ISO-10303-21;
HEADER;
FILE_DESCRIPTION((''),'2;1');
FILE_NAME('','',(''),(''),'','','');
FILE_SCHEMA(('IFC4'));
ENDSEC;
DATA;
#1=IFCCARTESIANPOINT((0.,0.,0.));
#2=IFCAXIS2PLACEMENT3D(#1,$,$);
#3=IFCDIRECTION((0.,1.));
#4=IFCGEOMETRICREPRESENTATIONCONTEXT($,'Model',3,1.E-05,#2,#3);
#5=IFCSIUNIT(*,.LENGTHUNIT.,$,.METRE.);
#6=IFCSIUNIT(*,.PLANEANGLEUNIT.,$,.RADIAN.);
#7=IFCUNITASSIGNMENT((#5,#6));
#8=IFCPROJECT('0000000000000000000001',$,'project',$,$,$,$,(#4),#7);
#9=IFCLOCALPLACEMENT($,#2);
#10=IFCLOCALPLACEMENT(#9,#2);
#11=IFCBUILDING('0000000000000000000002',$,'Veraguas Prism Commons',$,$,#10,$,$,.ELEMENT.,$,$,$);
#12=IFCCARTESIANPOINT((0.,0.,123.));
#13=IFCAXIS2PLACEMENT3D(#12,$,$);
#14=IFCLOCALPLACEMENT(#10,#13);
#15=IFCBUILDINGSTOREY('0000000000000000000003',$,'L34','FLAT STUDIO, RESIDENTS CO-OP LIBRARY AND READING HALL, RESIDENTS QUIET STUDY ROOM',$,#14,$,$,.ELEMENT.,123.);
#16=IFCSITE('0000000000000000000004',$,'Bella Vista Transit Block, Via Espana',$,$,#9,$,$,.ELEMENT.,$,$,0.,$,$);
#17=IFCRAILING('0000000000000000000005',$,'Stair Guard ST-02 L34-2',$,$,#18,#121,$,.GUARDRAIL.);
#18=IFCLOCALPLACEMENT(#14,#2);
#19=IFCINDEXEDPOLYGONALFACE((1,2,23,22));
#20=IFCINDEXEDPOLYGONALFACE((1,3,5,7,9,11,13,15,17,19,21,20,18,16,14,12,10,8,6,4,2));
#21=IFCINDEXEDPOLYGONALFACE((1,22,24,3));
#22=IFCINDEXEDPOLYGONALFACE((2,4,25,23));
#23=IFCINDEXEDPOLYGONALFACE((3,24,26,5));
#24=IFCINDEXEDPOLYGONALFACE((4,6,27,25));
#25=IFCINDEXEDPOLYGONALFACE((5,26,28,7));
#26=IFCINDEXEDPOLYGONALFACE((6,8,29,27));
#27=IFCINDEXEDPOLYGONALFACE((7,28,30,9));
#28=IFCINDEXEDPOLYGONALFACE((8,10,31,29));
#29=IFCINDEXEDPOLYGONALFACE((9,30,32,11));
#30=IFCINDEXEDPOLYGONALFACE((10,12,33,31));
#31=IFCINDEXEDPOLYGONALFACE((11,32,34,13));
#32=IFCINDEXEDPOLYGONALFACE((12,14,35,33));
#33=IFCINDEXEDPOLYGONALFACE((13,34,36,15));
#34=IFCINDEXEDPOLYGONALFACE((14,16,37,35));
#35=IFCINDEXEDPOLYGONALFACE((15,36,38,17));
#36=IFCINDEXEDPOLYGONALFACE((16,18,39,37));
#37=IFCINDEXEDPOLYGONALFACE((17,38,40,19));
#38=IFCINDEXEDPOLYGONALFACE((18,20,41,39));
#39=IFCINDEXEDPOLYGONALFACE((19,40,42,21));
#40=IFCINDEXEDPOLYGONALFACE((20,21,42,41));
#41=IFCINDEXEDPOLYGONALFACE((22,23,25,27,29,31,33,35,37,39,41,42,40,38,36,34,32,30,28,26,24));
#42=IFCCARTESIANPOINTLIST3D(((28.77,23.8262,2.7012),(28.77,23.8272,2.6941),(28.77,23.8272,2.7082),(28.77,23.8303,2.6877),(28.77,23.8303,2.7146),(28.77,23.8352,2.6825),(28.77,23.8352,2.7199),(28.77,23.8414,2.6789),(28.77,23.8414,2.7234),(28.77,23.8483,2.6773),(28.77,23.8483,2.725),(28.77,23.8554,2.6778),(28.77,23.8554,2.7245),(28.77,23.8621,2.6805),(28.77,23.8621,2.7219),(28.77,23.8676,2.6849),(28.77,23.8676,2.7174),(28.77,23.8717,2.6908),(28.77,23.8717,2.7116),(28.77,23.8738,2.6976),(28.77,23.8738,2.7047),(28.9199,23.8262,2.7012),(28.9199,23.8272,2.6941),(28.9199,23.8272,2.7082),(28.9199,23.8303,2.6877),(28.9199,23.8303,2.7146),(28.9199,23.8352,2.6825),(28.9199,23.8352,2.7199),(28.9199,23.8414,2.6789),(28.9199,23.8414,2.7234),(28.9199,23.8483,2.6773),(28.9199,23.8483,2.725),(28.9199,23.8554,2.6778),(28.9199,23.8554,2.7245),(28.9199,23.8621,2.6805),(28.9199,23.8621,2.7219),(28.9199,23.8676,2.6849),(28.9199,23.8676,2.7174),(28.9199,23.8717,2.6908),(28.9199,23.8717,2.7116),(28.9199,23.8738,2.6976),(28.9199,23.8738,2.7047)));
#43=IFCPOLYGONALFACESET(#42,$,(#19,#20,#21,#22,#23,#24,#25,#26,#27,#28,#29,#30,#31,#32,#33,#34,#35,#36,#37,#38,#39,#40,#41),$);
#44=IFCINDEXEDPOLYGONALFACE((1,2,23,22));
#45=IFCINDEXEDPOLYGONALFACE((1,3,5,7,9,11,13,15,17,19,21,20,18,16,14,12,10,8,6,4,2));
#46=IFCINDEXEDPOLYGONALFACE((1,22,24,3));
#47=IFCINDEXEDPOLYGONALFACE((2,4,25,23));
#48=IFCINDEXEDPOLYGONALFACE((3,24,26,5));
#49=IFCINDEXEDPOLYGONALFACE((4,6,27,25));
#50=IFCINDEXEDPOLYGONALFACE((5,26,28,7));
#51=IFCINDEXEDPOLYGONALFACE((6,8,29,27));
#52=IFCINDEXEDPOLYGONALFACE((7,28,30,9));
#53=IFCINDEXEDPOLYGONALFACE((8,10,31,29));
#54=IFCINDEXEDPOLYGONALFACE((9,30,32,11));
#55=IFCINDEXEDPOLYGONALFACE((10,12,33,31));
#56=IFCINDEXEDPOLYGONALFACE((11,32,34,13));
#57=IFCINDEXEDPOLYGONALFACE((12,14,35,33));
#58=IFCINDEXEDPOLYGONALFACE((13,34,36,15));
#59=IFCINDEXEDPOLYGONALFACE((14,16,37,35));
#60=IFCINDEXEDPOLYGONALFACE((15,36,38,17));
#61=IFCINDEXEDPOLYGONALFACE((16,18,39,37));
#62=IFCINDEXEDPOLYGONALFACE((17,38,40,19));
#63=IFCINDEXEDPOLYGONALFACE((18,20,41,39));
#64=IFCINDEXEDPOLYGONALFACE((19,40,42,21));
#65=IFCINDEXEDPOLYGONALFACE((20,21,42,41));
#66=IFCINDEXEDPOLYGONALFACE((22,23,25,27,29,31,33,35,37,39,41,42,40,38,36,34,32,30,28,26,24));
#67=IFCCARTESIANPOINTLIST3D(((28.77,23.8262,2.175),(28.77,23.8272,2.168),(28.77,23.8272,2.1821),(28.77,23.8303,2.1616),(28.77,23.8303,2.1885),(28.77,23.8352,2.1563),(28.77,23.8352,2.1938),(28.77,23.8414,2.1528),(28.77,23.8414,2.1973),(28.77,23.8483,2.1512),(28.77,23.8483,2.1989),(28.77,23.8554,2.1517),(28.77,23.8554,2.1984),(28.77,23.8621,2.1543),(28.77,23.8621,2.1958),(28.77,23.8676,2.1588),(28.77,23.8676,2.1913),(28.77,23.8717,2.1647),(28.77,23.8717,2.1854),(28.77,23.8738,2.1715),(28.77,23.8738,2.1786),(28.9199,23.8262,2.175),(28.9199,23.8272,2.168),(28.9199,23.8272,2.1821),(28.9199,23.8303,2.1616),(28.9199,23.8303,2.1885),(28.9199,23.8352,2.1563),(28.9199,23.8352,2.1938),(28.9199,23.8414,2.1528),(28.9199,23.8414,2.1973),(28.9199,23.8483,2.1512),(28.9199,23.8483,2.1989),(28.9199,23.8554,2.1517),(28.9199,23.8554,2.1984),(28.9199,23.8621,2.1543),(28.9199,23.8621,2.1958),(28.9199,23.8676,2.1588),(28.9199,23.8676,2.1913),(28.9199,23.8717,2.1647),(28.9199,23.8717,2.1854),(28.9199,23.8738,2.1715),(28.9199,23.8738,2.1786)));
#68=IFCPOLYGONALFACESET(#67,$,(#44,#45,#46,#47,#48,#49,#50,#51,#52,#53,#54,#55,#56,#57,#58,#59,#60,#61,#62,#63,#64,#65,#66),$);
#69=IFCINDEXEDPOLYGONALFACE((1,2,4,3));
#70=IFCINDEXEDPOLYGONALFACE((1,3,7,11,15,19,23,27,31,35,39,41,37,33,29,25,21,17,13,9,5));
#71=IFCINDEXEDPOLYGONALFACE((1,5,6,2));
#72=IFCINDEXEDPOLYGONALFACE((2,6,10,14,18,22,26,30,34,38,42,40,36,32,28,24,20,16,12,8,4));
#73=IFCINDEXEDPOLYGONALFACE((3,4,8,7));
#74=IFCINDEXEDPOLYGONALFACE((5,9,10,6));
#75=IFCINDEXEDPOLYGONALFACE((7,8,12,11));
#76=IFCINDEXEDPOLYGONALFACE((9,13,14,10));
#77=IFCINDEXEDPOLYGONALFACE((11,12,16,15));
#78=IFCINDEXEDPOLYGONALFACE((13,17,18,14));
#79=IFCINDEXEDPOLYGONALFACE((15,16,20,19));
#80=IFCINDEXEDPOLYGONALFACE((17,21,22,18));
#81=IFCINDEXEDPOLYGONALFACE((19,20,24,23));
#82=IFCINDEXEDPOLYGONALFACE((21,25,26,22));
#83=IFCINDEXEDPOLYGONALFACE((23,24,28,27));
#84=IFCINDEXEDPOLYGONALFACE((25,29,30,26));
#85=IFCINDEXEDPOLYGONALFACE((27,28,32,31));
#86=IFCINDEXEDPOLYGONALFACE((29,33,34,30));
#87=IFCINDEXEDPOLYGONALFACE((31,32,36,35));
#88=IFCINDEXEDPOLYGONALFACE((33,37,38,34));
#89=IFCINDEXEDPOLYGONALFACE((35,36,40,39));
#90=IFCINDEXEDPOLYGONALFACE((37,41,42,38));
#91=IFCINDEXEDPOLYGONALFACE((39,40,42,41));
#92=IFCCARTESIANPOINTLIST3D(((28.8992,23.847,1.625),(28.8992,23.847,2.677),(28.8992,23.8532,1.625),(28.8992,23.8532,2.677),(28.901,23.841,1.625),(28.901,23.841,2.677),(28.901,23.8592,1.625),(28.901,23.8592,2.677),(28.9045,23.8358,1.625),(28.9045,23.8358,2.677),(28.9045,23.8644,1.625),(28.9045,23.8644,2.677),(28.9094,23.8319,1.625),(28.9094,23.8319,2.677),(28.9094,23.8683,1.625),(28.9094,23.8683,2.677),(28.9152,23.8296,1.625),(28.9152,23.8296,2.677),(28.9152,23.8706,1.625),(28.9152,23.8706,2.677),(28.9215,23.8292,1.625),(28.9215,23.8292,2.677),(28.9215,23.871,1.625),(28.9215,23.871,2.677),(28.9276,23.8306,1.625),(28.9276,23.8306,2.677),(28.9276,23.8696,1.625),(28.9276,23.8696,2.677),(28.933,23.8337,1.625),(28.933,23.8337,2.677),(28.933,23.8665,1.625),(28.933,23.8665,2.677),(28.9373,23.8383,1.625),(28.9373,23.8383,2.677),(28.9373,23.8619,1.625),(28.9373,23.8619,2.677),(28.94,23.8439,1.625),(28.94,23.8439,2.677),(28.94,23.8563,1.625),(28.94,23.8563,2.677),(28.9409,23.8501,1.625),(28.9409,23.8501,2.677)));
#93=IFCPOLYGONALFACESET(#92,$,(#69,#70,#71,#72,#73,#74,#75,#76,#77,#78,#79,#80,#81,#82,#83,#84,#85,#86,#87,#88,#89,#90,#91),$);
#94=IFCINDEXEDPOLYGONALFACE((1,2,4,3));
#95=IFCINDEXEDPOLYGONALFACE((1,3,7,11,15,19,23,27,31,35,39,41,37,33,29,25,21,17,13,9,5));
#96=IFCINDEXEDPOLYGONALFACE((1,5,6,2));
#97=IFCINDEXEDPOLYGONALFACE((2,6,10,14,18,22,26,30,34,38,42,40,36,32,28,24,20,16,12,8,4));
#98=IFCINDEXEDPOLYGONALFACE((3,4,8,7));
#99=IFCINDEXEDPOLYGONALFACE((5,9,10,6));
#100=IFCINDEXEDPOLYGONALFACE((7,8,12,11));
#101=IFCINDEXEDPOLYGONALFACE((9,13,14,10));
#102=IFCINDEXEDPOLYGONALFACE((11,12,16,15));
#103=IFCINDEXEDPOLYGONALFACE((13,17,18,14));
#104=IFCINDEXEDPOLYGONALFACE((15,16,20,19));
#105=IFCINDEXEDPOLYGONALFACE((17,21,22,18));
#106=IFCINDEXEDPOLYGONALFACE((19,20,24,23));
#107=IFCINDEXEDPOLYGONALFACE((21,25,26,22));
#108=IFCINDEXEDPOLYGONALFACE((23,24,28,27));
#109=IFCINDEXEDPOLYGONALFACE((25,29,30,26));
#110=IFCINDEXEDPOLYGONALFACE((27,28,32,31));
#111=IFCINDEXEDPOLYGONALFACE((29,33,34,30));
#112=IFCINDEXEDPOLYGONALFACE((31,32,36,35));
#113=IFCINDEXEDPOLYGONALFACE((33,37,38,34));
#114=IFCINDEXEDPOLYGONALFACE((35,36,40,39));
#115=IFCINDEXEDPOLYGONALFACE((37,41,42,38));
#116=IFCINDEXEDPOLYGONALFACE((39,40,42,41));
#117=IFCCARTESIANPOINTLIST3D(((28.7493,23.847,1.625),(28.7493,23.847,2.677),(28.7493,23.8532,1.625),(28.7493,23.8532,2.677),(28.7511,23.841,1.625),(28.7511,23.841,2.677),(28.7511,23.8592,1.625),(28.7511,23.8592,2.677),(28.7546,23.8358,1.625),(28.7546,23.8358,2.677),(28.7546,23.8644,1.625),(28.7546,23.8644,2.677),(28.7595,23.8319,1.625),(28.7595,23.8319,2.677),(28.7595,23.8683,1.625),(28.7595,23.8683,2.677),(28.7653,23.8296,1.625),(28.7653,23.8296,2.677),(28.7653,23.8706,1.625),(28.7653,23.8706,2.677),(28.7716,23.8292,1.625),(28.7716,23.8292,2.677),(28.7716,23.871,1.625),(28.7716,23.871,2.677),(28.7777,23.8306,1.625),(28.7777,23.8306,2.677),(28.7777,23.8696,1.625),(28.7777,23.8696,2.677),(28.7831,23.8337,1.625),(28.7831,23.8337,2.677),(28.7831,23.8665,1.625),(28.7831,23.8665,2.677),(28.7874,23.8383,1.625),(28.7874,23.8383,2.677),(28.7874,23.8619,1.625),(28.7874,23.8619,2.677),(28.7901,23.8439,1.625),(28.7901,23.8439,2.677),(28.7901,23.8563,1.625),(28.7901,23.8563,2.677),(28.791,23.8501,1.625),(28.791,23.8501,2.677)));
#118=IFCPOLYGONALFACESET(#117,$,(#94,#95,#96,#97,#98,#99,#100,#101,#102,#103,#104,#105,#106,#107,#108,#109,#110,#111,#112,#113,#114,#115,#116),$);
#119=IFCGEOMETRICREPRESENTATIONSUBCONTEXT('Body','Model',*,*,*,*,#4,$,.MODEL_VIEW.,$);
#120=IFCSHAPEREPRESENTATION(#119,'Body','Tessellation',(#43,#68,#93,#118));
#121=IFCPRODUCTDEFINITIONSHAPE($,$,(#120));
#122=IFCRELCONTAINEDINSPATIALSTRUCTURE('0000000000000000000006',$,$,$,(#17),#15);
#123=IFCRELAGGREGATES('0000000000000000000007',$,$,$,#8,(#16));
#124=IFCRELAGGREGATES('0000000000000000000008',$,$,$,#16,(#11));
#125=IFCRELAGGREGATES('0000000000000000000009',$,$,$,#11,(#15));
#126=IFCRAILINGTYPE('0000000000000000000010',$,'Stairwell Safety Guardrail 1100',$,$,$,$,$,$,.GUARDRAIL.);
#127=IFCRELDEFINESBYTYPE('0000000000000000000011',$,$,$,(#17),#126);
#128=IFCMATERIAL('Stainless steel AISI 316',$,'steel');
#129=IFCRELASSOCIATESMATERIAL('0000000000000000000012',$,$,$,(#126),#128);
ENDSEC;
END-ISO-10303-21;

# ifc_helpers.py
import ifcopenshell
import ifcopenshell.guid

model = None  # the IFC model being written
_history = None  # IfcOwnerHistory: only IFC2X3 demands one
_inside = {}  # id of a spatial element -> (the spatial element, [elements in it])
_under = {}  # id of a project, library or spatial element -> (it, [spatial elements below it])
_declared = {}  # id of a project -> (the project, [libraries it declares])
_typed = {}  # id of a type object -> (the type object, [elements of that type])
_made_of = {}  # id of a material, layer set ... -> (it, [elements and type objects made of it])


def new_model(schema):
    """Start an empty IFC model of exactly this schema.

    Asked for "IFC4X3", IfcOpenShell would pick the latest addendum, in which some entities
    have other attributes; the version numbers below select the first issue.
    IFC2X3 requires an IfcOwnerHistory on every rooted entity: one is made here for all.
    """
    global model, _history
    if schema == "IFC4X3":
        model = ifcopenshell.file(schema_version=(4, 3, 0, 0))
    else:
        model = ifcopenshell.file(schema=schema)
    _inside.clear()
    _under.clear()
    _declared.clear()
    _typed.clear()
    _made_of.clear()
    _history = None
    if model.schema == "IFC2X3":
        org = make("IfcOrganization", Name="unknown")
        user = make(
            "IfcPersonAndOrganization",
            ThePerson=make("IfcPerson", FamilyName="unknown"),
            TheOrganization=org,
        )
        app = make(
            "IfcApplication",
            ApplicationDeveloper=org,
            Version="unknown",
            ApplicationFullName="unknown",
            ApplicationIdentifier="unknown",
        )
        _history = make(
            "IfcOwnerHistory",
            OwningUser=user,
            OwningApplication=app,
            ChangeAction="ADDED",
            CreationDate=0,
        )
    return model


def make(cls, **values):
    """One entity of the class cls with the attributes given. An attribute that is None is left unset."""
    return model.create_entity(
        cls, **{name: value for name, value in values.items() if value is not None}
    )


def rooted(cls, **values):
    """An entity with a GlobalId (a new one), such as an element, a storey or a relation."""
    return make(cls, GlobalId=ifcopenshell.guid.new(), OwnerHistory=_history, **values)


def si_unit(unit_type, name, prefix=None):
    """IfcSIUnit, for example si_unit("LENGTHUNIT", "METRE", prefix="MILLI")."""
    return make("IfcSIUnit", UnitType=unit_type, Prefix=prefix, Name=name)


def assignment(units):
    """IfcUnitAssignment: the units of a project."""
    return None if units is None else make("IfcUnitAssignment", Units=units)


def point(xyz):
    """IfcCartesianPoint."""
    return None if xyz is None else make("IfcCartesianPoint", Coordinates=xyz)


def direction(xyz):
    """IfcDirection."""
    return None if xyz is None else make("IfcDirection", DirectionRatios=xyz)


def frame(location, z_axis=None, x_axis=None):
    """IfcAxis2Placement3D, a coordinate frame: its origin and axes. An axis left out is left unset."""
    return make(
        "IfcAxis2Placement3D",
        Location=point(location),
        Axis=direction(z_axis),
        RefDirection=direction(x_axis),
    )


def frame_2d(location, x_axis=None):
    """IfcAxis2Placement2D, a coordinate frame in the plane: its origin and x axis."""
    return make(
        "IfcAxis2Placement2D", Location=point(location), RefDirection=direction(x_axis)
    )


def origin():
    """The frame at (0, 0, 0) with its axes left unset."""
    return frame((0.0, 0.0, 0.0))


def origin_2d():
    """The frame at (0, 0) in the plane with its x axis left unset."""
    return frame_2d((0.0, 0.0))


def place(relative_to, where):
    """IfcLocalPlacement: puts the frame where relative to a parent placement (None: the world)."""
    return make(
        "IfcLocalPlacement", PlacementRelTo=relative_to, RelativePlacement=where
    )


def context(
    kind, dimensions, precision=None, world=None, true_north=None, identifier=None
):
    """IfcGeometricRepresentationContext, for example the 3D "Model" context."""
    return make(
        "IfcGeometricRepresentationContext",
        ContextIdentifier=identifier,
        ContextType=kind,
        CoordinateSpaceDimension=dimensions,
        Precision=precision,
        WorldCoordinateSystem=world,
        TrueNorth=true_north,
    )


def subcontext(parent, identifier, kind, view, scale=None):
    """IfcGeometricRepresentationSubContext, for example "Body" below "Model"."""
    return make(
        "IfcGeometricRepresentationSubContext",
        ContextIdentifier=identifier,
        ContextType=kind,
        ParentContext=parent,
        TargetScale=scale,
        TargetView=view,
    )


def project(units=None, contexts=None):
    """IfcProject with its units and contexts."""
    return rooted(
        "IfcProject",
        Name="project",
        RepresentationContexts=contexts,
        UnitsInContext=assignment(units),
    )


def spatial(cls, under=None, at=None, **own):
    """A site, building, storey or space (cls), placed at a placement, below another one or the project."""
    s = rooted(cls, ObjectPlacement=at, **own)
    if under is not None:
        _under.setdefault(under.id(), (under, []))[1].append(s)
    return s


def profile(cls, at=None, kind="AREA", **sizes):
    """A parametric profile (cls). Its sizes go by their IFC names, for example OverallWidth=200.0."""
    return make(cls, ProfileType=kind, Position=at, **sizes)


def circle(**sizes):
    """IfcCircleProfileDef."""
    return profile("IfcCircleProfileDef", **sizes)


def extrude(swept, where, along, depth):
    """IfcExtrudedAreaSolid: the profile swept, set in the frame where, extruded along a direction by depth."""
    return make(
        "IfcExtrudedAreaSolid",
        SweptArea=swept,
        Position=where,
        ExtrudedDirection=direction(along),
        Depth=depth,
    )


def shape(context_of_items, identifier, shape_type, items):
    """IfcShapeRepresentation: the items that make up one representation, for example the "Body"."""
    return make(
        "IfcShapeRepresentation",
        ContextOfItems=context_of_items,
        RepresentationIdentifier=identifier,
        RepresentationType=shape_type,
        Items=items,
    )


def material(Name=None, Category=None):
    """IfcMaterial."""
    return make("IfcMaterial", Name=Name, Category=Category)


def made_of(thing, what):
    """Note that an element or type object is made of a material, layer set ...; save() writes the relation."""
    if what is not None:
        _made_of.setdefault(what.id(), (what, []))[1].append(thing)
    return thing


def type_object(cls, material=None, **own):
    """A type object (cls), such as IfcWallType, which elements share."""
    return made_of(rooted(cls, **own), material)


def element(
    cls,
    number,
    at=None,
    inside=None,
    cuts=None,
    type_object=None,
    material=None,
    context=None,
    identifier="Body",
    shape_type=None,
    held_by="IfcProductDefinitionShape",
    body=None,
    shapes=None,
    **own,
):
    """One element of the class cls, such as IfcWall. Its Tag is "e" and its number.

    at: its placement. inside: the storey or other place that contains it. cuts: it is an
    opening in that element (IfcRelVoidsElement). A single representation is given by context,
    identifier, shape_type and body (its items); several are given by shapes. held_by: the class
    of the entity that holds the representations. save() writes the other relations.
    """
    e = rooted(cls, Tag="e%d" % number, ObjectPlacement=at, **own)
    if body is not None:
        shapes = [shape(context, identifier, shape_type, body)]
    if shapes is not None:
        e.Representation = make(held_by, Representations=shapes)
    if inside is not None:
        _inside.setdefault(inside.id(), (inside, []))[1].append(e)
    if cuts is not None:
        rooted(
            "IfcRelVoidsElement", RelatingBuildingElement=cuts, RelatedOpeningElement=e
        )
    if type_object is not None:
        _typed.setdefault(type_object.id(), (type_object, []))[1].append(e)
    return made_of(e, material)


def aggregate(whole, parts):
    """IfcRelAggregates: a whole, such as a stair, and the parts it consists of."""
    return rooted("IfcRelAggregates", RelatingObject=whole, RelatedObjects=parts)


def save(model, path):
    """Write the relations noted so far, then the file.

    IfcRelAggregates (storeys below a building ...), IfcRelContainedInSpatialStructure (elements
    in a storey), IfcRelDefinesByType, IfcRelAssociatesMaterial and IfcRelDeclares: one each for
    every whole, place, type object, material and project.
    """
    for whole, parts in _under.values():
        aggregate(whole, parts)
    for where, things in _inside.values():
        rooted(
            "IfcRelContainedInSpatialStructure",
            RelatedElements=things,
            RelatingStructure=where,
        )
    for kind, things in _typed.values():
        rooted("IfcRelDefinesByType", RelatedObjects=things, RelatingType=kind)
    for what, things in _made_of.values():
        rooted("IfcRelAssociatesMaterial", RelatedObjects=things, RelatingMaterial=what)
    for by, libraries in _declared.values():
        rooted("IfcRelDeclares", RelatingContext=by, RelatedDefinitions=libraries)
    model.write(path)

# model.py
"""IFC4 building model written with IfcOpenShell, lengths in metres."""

from ifc_helpers import new_model, si_unit, direction, frame, origin, origin_2d, place, context, subcontext, project, spatial, circle, extrude, material, type_object, element, save


model = new_model("IFC4")

# Units and contexts
model_context = context("Model", 3, precision=1e-05, world=origin(), true_north=direction((0.0, 1.0)))
body_context = subcontext(model_context, "Body", "Model", "MODEL_VIEW")
ifc_project = project(units=[si_unit("LENGTHUNIT", "METRE"), si_unit("PLANEANGLEUNIT", "RADIAN")], contexts=[model_context])

# Site, building, storey
site_placement = place(None, origin())
site = spatial("IfcSite", under=ifc_project, at=site_placement, Name="Bella Vista Transit Block, Via Espana", CompositionType="ELEMENT", RefElevation=0.0)
building_placement = place(site_placement, origin())
building = spatial("IfcBuilding", under=site, at=building_placement, Name="Veraguas Prism Commons", CompositionType="ELEMENT")
storey_placement = place(building_placement, frame((0.0, 0.0, 123.0)))
storey = spatial("IfcBuildingStorey", under=building, at=storey_placement, Name="L34", Description="FLAT STUDIO, RESIDENTS CO-OP LIBRARY AND READING HALL, RESIDENTS QUIET STUDY ROOM", CompositionType="ELEMENT", Elevation=123.0)

# Shared definitions
ifc_material_1 = material(Name="Stainless steel AISI 316", Category="steel")

# Railing
railing_type_1 = type_object("IfcRailingType", Name="Stairwell Safety Guardrail 1100", PredefinedType="GUARDRAIL", material=ifc_material_1)
railing_1_placement = place(storey_placement, frame((28.9199, 23.8501, 1.625)))
element("IfcRailing", 1, at=railing_1_placement, inside=storey, type_object=railing_type_1, Name="Stair Guard ST-02 L34-2", PredefinedType="GUARDRAIL", context=body_context, shape_type="SweptSolid", body=[
    extrude(circle(Radius=0.0239, at=origin_2d()), frame((0.0, 0.0, 1.0762), z_axis=(-1.0, 0.0, 0.0), x_axis=(0.0, -1.0, 0.0)), (0.0, 0.0, 1.0), 0.1499),
    extrude(circle(Radius=0.0239, at=origin_2d()), frame((0.0, 0.0, 0.55), z_axis=(-1.0, 0.0, 0.0), x_axis=(0.0, -1.0, 0.0)), (0.0, 0.0, 1.0), 0.1499),
    extrude(circle(Radius=0.021, at=origin_2d()), origin(), (0.0, 0.0, 1.0), 1.052),
    extrude(circle(Radius=0.021, at=origin_2d()), frame((-0.1499, 0.0, 0.0)), (0.0, 0.0, 1.0), 1.052),
])

save(model, "model.ifc")
